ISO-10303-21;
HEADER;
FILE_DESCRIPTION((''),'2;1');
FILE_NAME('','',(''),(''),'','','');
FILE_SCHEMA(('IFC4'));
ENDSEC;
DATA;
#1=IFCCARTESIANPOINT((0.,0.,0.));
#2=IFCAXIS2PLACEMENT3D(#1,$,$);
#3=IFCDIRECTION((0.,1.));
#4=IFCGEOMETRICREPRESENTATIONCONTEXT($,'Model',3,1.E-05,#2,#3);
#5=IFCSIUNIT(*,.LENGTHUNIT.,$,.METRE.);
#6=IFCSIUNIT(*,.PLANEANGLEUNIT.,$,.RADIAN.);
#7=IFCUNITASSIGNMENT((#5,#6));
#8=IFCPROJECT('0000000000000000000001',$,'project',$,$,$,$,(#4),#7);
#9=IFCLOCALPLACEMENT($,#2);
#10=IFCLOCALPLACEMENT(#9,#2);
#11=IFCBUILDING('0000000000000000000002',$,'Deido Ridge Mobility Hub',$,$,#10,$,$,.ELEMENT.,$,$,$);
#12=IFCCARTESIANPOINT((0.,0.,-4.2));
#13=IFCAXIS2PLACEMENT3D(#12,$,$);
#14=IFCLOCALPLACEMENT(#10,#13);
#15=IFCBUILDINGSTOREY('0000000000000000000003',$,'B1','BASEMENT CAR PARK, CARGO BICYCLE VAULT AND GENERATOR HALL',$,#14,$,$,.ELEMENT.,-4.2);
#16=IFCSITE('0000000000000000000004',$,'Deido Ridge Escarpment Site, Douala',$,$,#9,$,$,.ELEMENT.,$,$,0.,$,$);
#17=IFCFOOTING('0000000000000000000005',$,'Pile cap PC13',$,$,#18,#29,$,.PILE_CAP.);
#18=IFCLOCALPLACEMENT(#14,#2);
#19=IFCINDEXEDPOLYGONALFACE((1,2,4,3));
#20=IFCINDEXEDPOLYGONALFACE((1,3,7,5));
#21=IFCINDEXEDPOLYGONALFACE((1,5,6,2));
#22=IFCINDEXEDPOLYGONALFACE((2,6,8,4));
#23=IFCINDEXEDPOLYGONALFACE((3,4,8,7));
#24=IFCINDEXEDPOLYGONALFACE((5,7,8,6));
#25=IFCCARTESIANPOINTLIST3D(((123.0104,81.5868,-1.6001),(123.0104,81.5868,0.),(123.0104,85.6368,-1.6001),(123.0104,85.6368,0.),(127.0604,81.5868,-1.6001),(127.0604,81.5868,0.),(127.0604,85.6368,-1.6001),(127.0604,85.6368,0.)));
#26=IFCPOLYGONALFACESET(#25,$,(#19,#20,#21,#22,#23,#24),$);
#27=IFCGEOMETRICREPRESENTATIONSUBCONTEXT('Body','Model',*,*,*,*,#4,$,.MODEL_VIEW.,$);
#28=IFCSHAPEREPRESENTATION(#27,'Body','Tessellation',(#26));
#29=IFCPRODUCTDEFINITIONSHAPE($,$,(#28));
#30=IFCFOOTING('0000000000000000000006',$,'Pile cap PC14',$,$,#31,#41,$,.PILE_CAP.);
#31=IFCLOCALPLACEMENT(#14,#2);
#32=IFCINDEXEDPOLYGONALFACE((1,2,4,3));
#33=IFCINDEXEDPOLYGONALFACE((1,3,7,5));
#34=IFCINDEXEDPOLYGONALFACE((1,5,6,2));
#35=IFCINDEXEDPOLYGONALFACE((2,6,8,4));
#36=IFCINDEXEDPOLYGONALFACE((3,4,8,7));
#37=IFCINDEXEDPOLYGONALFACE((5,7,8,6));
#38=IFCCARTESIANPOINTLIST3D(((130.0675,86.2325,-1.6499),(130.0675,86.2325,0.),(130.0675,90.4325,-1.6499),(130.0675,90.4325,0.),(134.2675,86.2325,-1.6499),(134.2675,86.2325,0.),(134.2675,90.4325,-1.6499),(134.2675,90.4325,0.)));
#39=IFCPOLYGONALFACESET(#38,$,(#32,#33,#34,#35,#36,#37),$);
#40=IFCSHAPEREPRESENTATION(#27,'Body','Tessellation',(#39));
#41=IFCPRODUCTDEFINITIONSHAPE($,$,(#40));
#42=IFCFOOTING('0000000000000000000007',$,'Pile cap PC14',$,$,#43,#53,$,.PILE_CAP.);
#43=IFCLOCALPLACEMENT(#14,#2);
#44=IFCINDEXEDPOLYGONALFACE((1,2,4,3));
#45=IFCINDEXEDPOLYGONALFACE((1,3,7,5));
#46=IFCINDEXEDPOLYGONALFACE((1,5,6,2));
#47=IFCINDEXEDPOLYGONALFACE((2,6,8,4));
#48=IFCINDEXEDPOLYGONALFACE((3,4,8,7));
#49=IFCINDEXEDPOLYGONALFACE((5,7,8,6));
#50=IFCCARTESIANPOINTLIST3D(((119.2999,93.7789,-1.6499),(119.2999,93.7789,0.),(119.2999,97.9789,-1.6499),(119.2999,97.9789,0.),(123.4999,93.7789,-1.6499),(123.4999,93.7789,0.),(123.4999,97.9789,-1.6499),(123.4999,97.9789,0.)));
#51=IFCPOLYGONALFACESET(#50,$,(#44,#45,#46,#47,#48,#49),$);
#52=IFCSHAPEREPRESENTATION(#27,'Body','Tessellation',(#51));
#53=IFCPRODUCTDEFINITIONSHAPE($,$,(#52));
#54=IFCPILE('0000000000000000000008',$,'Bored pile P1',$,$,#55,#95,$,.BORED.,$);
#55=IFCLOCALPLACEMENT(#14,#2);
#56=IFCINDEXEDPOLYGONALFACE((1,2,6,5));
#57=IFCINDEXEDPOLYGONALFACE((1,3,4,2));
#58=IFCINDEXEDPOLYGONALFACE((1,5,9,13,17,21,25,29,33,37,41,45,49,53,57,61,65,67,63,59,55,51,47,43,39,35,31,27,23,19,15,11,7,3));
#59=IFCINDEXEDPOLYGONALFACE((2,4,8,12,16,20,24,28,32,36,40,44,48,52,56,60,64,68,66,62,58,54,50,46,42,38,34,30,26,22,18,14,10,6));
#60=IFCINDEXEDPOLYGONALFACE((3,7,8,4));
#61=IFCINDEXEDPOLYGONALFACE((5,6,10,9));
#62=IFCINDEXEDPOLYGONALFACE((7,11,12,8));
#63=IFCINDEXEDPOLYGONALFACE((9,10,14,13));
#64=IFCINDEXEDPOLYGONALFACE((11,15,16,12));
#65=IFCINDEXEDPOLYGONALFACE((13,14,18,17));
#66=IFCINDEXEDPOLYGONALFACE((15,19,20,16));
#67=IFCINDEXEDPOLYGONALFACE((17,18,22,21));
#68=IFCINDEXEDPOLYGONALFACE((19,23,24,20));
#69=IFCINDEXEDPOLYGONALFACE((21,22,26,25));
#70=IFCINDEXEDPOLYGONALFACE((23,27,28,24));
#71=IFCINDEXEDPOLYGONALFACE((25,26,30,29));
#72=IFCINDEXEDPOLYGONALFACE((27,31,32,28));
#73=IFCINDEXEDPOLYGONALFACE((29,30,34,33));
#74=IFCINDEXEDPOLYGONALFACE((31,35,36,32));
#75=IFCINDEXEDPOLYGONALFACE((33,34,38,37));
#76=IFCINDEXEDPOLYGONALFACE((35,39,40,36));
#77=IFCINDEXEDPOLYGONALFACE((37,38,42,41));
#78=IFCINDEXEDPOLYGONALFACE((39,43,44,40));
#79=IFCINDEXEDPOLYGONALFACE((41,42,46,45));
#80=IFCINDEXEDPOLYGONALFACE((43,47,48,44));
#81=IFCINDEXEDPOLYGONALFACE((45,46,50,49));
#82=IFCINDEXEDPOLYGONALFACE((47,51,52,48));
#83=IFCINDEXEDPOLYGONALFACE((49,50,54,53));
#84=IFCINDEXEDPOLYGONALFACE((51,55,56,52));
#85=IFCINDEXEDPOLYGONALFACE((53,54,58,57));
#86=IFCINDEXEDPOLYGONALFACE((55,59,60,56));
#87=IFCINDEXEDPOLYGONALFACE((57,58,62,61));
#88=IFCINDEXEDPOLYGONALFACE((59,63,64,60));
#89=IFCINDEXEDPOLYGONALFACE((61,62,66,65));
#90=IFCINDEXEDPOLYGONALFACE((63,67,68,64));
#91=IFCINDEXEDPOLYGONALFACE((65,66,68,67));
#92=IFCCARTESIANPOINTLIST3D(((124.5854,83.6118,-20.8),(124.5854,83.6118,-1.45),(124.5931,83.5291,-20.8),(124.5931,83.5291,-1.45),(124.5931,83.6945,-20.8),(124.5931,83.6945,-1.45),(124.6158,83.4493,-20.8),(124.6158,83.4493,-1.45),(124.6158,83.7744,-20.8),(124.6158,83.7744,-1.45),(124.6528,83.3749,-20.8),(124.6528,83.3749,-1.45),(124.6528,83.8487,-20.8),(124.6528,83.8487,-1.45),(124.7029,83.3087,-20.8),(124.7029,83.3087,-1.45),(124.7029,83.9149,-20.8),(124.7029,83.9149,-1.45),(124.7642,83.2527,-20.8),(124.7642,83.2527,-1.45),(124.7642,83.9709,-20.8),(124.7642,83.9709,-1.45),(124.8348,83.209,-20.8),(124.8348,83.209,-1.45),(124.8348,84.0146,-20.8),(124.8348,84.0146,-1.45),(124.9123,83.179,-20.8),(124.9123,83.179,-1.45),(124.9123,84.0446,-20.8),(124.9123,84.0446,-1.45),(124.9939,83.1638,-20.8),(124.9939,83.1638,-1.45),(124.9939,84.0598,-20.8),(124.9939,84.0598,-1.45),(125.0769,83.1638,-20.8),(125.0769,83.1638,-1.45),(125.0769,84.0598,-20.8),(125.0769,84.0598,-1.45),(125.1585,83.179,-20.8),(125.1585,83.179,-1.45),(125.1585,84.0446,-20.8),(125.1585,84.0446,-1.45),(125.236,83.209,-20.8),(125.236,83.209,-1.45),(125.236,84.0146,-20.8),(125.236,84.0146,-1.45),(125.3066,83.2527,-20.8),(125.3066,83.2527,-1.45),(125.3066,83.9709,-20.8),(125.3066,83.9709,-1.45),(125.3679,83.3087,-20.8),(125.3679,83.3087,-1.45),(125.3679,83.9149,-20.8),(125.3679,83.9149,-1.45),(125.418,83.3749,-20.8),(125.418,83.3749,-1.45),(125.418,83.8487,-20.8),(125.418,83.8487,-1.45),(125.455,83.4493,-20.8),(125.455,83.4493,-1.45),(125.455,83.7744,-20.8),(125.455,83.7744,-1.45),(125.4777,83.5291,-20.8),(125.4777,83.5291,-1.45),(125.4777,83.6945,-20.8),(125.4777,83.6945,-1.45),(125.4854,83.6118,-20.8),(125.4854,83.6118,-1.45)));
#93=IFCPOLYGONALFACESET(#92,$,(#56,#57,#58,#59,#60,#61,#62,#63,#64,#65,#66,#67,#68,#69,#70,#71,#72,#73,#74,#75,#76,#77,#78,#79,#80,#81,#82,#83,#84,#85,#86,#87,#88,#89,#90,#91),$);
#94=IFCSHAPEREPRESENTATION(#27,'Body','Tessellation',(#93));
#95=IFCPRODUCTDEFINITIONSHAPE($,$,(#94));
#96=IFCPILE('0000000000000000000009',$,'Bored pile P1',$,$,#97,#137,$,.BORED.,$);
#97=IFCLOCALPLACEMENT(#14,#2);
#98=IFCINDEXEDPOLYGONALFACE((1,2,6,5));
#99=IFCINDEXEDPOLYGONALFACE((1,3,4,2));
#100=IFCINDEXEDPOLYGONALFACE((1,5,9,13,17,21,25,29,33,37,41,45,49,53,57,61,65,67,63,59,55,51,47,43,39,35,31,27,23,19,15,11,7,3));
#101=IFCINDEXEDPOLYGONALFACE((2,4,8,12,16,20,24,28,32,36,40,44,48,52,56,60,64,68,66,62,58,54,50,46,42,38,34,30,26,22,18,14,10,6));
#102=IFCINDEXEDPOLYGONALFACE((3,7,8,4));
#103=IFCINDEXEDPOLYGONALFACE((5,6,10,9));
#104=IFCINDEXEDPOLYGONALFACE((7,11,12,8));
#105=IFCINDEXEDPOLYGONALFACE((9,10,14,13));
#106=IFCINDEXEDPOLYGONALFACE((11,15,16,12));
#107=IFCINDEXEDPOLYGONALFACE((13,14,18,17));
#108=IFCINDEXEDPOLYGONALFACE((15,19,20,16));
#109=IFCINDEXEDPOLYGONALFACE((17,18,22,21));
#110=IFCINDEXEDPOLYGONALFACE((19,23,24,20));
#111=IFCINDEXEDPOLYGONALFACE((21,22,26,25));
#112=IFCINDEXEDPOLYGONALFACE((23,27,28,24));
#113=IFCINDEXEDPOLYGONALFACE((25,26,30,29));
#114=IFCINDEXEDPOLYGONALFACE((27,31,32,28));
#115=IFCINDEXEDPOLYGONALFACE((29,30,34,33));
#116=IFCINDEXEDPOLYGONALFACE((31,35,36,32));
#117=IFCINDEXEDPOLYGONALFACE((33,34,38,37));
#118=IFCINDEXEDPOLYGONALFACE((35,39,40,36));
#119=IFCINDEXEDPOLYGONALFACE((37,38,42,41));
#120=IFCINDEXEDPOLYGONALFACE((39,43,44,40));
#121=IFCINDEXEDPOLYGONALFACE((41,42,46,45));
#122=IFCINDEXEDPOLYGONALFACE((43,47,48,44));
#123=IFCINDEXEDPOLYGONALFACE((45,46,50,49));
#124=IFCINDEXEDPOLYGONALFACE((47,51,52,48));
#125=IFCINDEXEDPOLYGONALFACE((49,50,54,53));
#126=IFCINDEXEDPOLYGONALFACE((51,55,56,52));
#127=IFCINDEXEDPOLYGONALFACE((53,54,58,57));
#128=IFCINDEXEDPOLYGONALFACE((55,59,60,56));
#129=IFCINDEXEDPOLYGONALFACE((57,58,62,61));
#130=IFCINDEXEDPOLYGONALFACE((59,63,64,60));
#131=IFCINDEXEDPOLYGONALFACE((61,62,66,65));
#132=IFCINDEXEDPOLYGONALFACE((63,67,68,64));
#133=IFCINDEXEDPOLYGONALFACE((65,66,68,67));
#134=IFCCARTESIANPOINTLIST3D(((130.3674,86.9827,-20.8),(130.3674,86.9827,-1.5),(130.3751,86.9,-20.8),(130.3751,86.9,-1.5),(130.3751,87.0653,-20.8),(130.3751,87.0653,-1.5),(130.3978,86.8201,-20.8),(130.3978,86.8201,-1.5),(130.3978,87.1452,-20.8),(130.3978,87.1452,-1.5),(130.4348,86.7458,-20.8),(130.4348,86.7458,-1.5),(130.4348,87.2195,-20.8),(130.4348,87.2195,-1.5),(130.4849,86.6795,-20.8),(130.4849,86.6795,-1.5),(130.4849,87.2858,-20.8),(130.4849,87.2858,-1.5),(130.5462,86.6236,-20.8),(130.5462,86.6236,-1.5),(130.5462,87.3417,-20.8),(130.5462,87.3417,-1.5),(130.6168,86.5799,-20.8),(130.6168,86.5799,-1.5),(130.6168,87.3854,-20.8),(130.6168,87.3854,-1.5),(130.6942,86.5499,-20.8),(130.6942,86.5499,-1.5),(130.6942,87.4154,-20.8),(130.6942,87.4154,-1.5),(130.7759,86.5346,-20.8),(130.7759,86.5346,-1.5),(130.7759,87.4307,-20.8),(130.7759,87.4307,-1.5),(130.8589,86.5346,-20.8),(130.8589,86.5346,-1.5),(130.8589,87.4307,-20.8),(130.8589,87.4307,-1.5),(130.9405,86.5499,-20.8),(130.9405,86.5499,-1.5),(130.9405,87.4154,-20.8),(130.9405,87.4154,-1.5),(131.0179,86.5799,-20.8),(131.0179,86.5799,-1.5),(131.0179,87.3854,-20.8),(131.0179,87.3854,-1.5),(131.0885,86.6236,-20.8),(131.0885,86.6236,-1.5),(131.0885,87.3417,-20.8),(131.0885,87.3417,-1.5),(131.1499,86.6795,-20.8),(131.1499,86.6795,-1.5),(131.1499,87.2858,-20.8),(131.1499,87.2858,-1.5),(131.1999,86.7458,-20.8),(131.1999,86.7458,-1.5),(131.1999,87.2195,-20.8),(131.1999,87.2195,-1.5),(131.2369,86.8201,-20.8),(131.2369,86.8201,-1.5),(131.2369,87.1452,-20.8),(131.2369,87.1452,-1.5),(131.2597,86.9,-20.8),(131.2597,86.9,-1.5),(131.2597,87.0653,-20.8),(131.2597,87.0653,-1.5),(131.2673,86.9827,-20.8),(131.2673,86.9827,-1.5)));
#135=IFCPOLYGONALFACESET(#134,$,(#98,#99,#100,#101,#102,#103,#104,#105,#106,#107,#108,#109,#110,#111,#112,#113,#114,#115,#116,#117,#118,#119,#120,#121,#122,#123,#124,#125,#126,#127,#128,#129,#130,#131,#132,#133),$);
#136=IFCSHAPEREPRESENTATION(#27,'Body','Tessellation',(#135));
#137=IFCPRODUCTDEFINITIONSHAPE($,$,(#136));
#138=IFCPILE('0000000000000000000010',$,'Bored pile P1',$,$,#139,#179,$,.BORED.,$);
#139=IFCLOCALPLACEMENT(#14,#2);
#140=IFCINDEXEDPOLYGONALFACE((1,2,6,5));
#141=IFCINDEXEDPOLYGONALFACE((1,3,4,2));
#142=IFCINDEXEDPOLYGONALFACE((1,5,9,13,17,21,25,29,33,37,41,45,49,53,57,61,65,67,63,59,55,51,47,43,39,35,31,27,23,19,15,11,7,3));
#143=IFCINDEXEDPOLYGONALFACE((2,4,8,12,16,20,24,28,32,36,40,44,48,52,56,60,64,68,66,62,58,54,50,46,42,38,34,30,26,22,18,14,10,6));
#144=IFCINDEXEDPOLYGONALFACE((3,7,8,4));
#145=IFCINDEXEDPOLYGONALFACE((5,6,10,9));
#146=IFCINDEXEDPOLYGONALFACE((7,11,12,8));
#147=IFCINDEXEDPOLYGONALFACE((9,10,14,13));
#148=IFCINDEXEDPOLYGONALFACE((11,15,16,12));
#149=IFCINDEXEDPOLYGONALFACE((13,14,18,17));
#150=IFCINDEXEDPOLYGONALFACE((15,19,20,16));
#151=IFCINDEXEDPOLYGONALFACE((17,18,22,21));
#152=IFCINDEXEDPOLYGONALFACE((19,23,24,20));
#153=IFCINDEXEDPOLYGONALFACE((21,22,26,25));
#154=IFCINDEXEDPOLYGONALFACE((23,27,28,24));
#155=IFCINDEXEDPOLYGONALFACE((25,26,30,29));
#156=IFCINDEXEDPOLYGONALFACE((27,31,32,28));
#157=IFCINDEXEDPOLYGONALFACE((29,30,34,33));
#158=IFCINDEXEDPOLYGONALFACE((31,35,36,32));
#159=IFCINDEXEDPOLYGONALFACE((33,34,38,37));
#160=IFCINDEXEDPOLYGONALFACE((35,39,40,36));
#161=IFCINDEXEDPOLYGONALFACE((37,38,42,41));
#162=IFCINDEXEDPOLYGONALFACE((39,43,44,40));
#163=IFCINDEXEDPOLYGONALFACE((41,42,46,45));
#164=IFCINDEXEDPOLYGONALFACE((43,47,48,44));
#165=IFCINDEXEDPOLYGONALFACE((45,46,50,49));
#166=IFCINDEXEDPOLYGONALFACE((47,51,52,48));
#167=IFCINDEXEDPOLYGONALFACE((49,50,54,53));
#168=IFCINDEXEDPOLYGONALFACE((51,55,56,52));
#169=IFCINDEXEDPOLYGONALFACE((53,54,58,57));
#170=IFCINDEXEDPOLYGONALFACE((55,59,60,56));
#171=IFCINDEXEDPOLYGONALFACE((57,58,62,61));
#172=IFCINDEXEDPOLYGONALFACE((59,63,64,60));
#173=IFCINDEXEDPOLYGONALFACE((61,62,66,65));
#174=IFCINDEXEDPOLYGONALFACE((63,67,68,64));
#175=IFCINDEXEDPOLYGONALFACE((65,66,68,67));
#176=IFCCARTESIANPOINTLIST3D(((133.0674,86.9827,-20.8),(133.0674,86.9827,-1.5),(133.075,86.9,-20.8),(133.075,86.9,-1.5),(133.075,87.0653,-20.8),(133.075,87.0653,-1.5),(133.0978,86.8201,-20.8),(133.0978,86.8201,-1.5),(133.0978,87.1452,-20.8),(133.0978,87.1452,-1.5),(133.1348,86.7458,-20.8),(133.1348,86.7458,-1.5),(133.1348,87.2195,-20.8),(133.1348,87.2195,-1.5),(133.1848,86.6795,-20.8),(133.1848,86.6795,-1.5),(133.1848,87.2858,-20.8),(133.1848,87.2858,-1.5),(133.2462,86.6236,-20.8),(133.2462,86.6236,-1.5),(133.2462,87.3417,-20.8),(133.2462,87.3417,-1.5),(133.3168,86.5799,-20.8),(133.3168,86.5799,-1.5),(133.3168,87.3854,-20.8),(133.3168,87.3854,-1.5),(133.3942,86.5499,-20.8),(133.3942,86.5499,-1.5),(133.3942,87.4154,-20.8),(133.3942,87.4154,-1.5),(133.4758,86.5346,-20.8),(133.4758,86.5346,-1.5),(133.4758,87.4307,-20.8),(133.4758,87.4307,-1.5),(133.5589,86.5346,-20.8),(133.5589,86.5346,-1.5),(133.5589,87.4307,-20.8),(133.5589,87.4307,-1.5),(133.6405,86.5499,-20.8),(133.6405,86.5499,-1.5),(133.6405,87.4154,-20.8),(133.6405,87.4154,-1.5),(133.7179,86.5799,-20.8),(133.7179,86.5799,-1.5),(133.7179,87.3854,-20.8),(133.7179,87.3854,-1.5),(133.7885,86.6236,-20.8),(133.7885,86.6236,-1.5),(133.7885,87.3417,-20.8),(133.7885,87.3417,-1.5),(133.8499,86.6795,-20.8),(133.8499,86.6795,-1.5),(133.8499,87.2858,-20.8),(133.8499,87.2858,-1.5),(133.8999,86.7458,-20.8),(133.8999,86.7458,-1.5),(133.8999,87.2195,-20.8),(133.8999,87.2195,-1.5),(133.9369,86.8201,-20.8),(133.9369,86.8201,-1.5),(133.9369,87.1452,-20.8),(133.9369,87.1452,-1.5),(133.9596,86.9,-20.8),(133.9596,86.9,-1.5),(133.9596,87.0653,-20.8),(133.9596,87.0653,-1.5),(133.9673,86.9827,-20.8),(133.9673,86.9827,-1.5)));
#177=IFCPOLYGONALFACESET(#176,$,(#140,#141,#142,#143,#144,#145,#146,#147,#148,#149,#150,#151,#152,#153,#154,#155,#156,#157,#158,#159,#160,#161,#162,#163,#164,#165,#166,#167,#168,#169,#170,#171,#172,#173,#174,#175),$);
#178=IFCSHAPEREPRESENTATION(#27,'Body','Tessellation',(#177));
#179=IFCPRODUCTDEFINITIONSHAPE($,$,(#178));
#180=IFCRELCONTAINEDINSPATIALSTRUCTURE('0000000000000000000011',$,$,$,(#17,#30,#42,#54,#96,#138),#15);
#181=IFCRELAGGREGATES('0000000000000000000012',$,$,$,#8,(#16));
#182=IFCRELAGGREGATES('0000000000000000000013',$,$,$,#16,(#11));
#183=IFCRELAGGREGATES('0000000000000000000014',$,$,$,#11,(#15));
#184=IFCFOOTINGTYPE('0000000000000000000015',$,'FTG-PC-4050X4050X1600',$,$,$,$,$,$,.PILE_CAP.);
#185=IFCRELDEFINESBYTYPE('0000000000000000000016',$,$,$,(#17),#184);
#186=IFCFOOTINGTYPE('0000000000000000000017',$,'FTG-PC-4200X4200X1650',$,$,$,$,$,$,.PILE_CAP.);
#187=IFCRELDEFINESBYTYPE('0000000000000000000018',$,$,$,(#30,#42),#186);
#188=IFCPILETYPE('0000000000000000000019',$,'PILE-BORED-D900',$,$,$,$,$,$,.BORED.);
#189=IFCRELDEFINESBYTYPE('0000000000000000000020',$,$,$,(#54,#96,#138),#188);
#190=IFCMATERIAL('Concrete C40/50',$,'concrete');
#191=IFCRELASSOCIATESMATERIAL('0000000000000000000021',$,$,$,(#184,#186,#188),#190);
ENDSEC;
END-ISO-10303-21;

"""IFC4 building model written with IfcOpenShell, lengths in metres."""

from ifc_helpers import new_model, si_unit, direction, frame, origin, origin_2d, place, context, subcontext, project, spatial, rectangle, circle, extrude, material, material_profile, profile_set, type_object, element, save


model = new_model("IFC4")

# Units and contexts
model_context = context("Model", 3, precision=1e-05, world=origin(), true_north=direction((0.0, 1.0)))
body_context = subcontext(model_context, "Body", "Model", "MODEL_VIEW")
ifc_project = project(units=[si_unit("LENGTHUNIT", "METRE"), si_unit("PLANEANGLEUNIT", "RADIAN")], contexts=[model_context])

# Site, building, storey
site_placement = place(None, origin())
site = spatial("IfcSite", under=ifc_project, at=site_placement, Name="Deido Ridge Escarpment Site, Douala", CompositionType="ELEMENT", RefElevation=0.0)
building_placement = place(site_placement, origin())
building = spatial("IfcBuilding", under=site, at=building_placement, Name="Deido Ridge Mobility Hub", CompositionType="ELEMENT")
storey_placement = place(building_placement, frame((0.0, 0.0, -4.2)))
storey = spatial("IfcBuildingStorey", under=building, at=storey_placement, Name="B1", Description="BASEMENT CAR PARK, CARGO BICYCLE VAULT AND GENERATOR HALL", CompositionType="ELEMENT", Elevation=-4.2)

# Footings
ifc_material = material(Name="Concrete C40/50", Category="concrete")
footing_type_1 = type_object("IfcFootingType", Name="FTG-PC-4050X4050X1600", PredefinedType="PILE_CAP", material=ifc_material)
footing_placement = place(storey_placement, frame((125.0354, 83.6118, -1.6001), z_axis=(0.0, 0.0, 1.0), x_axis=(1.0, 0.0, 0.0)))
element("IfcFooting", 1, at=footing_placement, inside=storey, type_object=footing_type_1, Name="Pile cap PC13", PredefinedType="PILE_CAP", context=body_context, shape_type="SweptSolid", body=[
    extrude(rectangle(XDim=4.05, YDim=4.05, at=origin_2d()), origin(), (0.0, 0.0, 1.0), 1.6001),
])
footing_type_2 = type_object("IfcFootingType", Name="FTG-PC-4200X4200X1650", PredefinedType="PILE_CAP", material=ifc_material)
for number, where, z_axis, x_axis, name in (
    (2, (132.1675, 88.3325, -1.6499), (0.0, 0.0, 1.0), (1.0, 0.0, 0.0), "Pile cap PC14"),
    (3, (121.3999, 95.8789, -1.6499), (0.0, 0.0, 1.0), (1.0, 0.0, 0.0), "Pile cap PC14"),
):
    element("IfcFooting", number, at=place(storey_placement, frame(where, z_axis=z_axis, x_axis=x_axis)), inside=storey, type_object=footing_type_2, Name=name, PredefinedType="PILE_CAP", context=body_context, shape_type="SweptSolid", body=[
        extrude(rectangle(XDim=4.2, YDim=4.2, at=origin_2d()), origin(), (0.0, 0.0, 1.0), 1.6499),
    ])

# Piles
ifc_material_profile_1 = material_profile(ifc_material, circle(Radius=0.45, at=origin_2d()), Name="BORED PILE D900")
ifc_profile_set_1 = profile_set([ifc_material_profile_1], Name="Concrete C40/50")
pile_type = type_object("IfcPileType", Name="PILE-BORED-D900", PredefinedType="BORED", material=ifc_profile_set_1)
pile_placement = place(storey_placement, frame((125.0354, 83.6118, -1.45), z_axis=(0.0, 0.0, -1.0), x_axis=(1.0, 0.0, 0.0)))
element("IfcPile", 4, at=pile_placement, inside=storey, type_object=pile_type, Name="Bored pile P1", PredefinedType="BORED", context=body_context, shape_type="SweptSolid", body=[
    extrude(circle(Radius=0.45, at=origin_2d()), origin(), (0.0, 0.0, 1.0), 19.3501),
])
for number, where, z_axis, x_axis, name in (
    (5, (130.8174, 86.9827, -1.5), (0.0, 0.0, -1.0), (1.0, 0.0, 0.0), "Bored pile P1"),
    (6, (133.5173, 86.9827, -1.5), (0.0, 0.0, -1.0), (1.0, 0.0, 0.0), "Bored pile P1"),
):
    element("IfcPile", number, at=place(storey_placement, frame(where, z_axis=z_axis, x_axis=x_axis)), inside=storey, type_object=pile_type, Name=name, PredefinedType="BORED", context=body_context, shape_type="SweptSolid", body=[
        extrude(circle(Radius=0.45, at=origin_2d()), origin(), (0.0, 0.0, 1.0), 19.3),
    ])

save(model, "model.ifc")
